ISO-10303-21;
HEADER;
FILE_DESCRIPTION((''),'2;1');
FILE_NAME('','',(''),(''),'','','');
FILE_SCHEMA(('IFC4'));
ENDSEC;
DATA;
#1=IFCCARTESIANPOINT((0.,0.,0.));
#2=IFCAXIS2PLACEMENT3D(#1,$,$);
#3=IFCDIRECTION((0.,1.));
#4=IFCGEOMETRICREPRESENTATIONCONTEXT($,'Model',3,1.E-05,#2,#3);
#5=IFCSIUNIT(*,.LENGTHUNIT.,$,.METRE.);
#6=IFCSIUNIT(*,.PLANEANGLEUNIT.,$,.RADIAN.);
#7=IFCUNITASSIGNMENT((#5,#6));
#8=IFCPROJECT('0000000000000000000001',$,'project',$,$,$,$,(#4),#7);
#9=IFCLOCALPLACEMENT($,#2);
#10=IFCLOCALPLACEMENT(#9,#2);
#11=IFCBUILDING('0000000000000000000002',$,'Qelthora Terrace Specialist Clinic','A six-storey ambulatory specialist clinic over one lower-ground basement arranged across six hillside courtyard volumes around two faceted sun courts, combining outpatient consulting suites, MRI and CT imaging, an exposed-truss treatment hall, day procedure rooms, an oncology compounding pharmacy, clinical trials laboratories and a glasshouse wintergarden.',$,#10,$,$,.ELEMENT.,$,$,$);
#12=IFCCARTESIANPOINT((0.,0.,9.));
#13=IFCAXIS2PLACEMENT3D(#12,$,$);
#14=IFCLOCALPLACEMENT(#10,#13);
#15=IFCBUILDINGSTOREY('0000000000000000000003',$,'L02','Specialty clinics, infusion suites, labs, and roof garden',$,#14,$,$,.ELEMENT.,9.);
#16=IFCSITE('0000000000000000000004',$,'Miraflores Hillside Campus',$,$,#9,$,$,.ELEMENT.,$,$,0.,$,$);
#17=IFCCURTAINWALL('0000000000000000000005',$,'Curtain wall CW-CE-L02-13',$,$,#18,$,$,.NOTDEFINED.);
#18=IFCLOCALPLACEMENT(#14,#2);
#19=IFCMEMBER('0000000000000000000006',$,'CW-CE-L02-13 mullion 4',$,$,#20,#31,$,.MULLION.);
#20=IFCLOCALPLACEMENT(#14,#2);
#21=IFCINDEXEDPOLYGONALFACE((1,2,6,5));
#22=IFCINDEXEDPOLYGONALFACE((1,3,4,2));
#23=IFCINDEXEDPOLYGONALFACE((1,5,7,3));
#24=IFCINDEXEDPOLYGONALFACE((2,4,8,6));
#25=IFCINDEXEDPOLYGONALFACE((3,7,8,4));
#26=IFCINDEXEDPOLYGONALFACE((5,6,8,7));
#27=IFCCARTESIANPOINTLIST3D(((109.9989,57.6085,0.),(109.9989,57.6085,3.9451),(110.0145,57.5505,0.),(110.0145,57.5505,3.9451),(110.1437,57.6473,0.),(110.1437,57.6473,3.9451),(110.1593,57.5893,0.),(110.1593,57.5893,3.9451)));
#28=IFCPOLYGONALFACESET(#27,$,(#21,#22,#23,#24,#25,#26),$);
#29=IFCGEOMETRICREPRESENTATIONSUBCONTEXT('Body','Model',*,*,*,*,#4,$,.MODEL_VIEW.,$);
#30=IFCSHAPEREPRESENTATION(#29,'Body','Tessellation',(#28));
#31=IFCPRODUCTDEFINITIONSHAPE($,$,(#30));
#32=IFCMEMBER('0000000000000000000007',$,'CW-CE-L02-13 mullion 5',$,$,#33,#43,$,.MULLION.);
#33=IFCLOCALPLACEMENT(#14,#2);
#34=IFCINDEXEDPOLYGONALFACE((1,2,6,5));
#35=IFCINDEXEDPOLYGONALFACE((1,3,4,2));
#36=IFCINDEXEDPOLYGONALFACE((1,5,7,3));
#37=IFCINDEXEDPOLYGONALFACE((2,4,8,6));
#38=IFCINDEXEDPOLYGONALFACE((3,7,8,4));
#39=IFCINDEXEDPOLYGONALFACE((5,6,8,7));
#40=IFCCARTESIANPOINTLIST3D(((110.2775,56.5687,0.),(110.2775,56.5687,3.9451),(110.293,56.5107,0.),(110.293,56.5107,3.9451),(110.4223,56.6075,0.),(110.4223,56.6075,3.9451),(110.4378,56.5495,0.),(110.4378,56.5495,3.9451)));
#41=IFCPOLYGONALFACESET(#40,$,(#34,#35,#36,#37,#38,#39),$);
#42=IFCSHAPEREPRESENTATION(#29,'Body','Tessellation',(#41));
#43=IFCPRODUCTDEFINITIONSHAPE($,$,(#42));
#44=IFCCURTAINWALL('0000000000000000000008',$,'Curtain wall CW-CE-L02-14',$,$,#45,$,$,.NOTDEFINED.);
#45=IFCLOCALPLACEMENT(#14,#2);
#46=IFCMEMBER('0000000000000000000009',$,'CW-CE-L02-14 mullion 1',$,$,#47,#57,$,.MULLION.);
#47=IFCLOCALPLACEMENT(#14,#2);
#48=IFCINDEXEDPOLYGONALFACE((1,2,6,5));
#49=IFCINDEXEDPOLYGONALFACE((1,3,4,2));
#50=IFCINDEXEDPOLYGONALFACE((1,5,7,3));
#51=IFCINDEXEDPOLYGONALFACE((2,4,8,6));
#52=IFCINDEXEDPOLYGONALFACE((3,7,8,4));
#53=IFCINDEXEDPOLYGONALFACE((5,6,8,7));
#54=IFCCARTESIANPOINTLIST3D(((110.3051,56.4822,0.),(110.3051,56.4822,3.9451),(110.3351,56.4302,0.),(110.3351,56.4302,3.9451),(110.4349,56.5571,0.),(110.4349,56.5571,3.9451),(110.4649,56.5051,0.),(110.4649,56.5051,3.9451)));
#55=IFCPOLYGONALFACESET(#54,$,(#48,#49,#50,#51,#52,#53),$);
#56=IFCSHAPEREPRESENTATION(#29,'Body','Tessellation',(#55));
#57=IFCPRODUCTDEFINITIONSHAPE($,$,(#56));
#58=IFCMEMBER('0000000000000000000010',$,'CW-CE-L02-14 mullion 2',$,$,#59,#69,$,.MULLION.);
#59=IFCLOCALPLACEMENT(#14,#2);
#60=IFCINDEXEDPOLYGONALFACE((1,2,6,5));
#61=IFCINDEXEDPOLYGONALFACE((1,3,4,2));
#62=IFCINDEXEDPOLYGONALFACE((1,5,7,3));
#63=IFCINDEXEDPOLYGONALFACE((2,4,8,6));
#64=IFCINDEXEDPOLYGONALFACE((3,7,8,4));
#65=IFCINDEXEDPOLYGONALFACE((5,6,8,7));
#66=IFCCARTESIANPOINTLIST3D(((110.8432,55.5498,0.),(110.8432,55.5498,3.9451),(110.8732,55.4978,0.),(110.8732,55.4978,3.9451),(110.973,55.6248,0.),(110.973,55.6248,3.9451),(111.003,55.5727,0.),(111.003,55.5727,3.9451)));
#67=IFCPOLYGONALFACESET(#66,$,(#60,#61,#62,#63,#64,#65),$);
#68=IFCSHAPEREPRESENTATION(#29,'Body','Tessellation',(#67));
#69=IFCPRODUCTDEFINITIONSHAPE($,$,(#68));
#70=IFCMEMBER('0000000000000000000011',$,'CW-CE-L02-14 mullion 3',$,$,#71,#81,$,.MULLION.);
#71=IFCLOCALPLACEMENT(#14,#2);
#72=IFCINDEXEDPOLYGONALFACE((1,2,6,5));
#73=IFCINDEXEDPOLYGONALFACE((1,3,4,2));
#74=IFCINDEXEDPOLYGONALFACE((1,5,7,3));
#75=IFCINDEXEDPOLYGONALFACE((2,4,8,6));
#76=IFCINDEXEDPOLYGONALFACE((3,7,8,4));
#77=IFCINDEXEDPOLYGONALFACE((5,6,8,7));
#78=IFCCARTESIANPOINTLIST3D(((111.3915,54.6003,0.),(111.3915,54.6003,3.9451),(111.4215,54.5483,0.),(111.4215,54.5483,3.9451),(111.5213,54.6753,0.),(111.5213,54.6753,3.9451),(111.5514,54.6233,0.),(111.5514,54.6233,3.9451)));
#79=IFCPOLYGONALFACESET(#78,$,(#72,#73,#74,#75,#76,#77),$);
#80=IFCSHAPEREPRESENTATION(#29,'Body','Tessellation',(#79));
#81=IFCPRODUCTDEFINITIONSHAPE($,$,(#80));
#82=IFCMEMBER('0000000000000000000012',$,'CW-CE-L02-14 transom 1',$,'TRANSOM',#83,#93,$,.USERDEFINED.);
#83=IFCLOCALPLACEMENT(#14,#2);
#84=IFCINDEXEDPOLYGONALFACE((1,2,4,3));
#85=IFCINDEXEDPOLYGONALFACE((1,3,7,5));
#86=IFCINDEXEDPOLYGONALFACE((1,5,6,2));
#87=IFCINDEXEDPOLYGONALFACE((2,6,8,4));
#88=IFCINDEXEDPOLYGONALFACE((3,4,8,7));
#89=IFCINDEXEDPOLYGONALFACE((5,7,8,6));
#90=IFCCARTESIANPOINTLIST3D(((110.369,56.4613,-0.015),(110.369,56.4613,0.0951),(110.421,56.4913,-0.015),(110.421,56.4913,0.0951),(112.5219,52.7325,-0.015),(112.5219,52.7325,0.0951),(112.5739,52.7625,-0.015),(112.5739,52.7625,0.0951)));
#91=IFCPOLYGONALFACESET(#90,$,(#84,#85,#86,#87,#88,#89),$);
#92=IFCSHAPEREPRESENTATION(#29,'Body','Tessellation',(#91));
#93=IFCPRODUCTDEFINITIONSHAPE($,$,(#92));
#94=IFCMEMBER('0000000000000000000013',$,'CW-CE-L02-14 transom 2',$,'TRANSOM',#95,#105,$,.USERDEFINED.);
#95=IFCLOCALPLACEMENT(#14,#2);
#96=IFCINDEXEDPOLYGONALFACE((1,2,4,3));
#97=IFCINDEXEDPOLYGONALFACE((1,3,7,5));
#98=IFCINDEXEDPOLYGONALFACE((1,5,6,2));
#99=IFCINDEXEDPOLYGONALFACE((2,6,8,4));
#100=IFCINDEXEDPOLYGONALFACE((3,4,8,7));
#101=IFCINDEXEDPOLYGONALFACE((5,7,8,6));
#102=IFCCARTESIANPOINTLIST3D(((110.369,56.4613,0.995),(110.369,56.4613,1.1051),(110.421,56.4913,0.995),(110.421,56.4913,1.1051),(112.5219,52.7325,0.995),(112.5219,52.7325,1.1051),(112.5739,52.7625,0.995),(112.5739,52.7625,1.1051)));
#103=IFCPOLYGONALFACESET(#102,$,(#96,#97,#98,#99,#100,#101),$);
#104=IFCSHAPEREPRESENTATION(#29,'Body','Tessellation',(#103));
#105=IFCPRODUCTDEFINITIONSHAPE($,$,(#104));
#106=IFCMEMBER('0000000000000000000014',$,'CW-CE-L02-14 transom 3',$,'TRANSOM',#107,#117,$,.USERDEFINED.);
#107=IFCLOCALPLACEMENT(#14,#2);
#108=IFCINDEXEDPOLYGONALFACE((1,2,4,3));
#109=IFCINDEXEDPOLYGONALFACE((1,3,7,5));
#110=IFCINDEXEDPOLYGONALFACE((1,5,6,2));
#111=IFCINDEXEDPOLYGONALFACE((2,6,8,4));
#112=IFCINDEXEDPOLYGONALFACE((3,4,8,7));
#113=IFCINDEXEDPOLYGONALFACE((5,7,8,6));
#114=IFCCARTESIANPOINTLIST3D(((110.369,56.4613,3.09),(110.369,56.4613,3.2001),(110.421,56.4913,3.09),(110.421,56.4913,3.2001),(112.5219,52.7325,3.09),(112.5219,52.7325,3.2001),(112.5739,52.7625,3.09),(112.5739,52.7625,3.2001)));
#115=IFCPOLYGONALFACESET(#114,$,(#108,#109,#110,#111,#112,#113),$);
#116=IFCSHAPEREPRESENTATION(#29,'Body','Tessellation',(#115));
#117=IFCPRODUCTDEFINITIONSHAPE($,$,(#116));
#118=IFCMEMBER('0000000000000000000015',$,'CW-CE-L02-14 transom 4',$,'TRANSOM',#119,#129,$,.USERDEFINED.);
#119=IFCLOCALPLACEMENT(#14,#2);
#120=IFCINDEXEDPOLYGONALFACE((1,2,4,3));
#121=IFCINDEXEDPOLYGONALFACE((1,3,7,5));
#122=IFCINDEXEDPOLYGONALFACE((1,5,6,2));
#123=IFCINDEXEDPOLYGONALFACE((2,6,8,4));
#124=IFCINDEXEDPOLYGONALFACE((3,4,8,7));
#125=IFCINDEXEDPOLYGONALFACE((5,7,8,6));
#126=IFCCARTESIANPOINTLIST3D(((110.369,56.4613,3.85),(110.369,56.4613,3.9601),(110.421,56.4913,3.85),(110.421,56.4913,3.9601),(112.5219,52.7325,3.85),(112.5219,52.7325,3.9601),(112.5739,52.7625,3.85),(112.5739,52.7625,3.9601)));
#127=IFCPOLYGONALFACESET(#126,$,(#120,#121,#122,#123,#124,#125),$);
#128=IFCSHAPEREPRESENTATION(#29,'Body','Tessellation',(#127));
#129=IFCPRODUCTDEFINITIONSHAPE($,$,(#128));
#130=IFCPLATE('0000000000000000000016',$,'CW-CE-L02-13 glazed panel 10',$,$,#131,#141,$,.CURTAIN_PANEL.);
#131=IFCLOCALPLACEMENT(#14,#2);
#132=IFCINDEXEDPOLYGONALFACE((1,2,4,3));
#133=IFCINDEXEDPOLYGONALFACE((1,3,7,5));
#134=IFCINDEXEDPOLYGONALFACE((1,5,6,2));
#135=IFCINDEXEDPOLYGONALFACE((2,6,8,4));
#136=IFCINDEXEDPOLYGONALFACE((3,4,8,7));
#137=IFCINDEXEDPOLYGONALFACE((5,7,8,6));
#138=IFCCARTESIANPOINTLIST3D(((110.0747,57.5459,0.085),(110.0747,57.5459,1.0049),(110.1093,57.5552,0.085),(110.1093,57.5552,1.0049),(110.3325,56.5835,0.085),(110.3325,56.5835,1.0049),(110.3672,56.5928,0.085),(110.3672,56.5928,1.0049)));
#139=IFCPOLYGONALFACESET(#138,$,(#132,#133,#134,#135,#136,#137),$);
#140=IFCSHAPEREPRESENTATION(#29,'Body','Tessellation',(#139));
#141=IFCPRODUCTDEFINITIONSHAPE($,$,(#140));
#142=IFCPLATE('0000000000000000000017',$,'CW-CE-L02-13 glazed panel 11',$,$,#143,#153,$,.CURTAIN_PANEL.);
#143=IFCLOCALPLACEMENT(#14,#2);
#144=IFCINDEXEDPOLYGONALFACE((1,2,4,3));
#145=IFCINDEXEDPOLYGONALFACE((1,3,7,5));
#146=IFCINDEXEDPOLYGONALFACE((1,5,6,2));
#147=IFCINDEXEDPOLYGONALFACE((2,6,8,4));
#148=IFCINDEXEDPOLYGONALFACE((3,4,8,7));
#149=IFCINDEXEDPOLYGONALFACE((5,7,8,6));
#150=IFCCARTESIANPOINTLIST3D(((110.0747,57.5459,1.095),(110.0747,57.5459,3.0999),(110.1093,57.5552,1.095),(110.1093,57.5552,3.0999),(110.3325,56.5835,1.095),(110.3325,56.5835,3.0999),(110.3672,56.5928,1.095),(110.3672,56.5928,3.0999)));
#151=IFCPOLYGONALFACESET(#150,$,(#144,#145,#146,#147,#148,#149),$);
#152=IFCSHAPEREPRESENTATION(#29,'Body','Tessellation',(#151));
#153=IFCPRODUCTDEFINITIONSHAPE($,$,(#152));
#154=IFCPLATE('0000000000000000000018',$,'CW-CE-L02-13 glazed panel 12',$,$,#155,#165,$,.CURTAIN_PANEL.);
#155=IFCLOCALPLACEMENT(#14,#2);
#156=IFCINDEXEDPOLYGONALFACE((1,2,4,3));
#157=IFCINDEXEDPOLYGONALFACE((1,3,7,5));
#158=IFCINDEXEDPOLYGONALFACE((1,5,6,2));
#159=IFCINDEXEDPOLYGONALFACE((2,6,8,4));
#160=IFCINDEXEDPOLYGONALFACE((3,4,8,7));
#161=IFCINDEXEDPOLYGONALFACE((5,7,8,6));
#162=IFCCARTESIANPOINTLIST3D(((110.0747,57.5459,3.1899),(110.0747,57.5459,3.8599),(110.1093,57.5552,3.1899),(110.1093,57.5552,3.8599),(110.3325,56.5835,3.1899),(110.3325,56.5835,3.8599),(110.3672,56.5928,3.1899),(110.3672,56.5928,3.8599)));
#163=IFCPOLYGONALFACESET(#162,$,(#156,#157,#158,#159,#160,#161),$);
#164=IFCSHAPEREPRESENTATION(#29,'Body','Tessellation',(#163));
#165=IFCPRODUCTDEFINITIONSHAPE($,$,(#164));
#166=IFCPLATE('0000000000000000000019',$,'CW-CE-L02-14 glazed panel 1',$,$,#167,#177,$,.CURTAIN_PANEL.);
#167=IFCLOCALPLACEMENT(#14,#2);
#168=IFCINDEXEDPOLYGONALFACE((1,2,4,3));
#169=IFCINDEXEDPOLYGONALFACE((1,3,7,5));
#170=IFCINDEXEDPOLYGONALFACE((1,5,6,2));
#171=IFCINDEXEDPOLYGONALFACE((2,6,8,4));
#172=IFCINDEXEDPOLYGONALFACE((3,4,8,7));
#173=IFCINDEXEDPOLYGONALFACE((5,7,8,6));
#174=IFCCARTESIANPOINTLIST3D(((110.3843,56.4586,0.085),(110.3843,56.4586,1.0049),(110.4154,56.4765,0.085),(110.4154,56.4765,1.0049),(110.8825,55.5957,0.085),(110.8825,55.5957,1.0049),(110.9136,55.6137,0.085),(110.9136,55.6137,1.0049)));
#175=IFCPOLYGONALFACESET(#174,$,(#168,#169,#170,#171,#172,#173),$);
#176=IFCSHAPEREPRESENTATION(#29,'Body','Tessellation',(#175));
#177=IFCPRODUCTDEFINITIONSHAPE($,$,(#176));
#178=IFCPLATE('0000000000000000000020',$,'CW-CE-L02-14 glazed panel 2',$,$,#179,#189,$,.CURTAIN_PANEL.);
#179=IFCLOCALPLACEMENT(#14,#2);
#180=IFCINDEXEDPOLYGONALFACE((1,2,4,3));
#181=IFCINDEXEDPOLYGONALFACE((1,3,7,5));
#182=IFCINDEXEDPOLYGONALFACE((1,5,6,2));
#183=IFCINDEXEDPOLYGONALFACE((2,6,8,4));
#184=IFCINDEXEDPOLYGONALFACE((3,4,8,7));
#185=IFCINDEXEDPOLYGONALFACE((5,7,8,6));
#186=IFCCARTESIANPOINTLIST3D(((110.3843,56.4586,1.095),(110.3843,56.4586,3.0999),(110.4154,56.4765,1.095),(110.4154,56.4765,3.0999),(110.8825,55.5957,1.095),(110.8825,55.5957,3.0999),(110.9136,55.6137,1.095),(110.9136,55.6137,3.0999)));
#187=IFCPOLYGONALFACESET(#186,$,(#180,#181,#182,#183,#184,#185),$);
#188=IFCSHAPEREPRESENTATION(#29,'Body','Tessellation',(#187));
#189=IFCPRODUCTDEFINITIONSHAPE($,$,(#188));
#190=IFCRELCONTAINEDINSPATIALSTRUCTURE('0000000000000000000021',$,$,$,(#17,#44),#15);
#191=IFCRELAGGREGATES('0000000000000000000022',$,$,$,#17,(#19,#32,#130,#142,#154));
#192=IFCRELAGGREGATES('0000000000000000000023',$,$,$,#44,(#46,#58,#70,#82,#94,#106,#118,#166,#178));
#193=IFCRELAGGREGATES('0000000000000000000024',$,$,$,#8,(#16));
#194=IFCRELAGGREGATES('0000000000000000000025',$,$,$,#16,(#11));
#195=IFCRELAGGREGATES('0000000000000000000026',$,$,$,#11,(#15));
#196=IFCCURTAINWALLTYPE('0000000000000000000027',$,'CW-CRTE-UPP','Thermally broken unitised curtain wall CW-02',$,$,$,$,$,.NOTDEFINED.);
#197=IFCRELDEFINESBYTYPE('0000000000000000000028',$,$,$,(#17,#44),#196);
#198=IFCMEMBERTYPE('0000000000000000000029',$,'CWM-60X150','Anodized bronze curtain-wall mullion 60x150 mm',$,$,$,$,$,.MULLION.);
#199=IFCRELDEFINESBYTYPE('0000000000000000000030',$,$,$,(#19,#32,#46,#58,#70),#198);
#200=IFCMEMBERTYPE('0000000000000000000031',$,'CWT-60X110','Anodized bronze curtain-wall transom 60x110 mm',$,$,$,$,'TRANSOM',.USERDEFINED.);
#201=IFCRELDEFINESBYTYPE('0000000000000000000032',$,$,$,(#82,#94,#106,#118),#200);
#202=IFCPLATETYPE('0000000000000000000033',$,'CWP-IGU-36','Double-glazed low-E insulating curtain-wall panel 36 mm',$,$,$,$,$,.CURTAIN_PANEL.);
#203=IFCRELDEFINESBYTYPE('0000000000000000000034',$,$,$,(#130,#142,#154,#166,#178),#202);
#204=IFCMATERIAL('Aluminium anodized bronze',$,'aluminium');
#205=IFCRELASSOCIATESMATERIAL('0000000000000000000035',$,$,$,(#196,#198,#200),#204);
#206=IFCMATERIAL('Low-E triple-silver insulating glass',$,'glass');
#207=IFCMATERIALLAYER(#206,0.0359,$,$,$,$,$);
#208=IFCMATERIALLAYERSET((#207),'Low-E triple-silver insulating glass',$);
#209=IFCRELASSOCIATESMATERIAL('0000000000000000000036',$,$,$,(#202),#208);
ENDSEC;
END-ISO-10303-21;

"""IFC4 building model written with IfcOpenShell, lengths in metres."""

from ifc_helpers import new_model, si_unit, direction, frame, origin, origin_2d, place, context, subcontext, project, spatial, rectangle, extrude, material, layer, layer_set, material_profile, profile_set, type_object, element, aggregate, save


model = new_model("IFC4")

# Units and contexts
model_context = context("Model", 3, precision=1e-05, world=origin(), true_north=direction((0.0, 1.0)))
body_context = subcontext(model_context, "Body", "Model", "MODEL_VIEW")
ifc_project = project(units=[si_unit("LENGTHUNIT", "METRE"), si_unit("PLANEANGLEUNIT", "RADIAN")], contexts=[model_context])

# Site, building, storey
site_placement = place(None, origin())
site = spatial("IfcSite", under=ifc_project, at=site_placement, Name="Miraflores Hillside Campus", CompositionType="ELEMENT", RefElevation=0.0)
building_placement = place(site_placement, origin())
building = spatial("IfcBuilding", under=site, at=building_placement, Name="Qelthora Terrace Specialist Clinic", Description="A six-storey ambulatory specialist clinic over one lower-ground basement arranged across six hillside courtyard volumes around two faceted sun courts, combining outpatient consulting suites, MRI and CT imaging, an exposed-truss treatment hall, day procedure rooms, an oncology compounding pharmacy, clinical trials laboratories and a glasshouse wintergarden.", CompositionType="ELEMENT")
storey_placement = place(building_placement, frame((0.0, 0.0, 9.0)))
storey = spatial("IfcBuildingStorey", under=building, at=storey_placement, Name="L02", Description="Specialty clinics, infusion suites, labs, and roof garden", CompositionType="ELEMENT", Elevation=9.0)

# Curtain walls, members
ifc_material_1 = material(Name="Aluminium anodized bronze", Category="aluminium")
curtain_wall_type = type_object("IfcCurtainWallType", Name="CW-CRTE-UPP", Description="Thermally broken unitised curtain wall CW-02", PredefinedType="NOTDEFINED", material=ifc_material_1)
curtain_wall_1_placement = place(storey_placement, origin())
curtain_wall_1 = element("IfcCurtainWall", 1, at=curtain_wall_1_placement, inside=storey, type_object=curtain_wall_type, Name="Curtain wall CW-CE-L02-13", PredefinedType="NOTDEFINED")
ifc_material_profile_1 = material_profile(ifc_material_1, rectangle(XDim=0.0601, YDim=0.1499, at=origin_2d()), Name="CWM60X150")
ifc_profile_set_1 = profile_set([ifc_material_profile_1], Name="Aluminium anodized bronze")
member_type_1 = type_object("IfcMemberType", Name="CWM-60X150", Description="Anodized bronze curtain-wall mullion 60x150 mm", PredefinedType="MULLION", material=ifc_profile_set_1)
member_1_placement = place(storey_placement, frame((110.0791, 57.5989, 0.0), z_axis=(0.0, 0.0, 1.0), x_axis=(0.25882, -0.965926, 0.0)))
member_1 = element("IfcMember", 2, at=member_1_placement, type_object=member_type_1, Name="CW-CE-L02-13 mullion 4", PredefinedType="MULLION", context=body_context, shape_type="SweptSolid", body=[
    extrude(rectangle(XDim=0.0601, YDim=0.1499, at=origin_2d()), origin(), (0.0, 0.0, 1.0), 3.9451),
])
member_2_placement = place(storey_placement, frame((110.3577, 56.5591, 0.0), z_axis=(0.0, 0.0, 1.0), x_axis=(0.25882, -0.965926, 0.0)))
member_2 = element("IfcMember", 3, at=member_2_placement, type_object=member_type_1, Name="CW-CE-L02-13 mullion 5", PredefinedType="MULLION", context=body_context, shape_type="SweptSolid", body=[
    extrude(rectangle(XDim=0.0601, YDim=0.1499, at=origin_2d()), origin(), (0.0, 0.0, 1.0), 3.9451),
])
curtain_wall_2_placement = place(storey_placement, origin())
curtain_wall_2 = element("IfcCurtainWall", 4, at=curtain_wall_2_placement, inside=storey, type_object=curtain_wall_type, Name="Curtain wall CW-CE-L02-14", PredefinedType="NOTDEFINED")
member_3_placement = place(storey_placement, frame((110.385, 56.4937, 0.0), z_axis=(0.0, 0.0, 1.0), x_axis=(0.5, -0.866025, 0.0)))
member_3 = element("IfcMember", 5, at=member_3_placement, type_object=member_type_1, Name="CW-CE-L02-14 mullion 1", PredefinedType="MULLION", context=body_context, shape_type="SweptSolid", body=[
    extrude(rectangle(XDim=0.0601, YDim=0.1499, at=origin_2d()), origin(), (0.0, 0.0, 1.0), 3.9451),
])
member_4_placement = place(storey_placement, frame((110.9231, 55.5613, 0.0), z_axis=(0.0, 0.0, 1.0), x_axis=(0.5, -0.866025, 0.0)))
member_4 = element("IfcMember", 6, at=member_4_placement, type_object=member_type_1, Name="CW-CE-L02-14 mullion 2", PredefinedType="MULLION", context=body_context, shape_type="SweptSolid", body=[
    extrude(rectangle(XDim=0.0601, YDim=0.1499, at=origin_2d()), origin(), (0.0, 0.0, 1.0), 3.9451),
])
member_5_placement = place(storey_placement, frame((111.4714, 54.6118, 0.0), z_axis=(0.0, 0.0, 1.0), x_axis=(0.5, -0.866025, 0.0)))
member_5 = element("IfcMember", 7, at=member_5_placement, type_object=member_type_1, Name="CW-CE-L02-14 mullion 3", PredefinedType="MULLION", context=body_context, shape_type="SweptSolid", body=[
    extrude(rectangle(XDim=0.0601, YDim=0.1499, at=origin_2d()), origin(), (0.0, 0.0, 1.0), 3.9451),
])
ifc_material_profile_2 = material_profile(ifc_material_1, rectangle(XDim=0.0601, YDim=0.1101, at=origin_2d()), Name="CWT60X110")
ifc_profile_set_2 = profile_set([ifc_material_profile_2], Name="Aluminium anodized bronze")
member_type_2 = type_object("IfcMemberType", Name="CWT-60X110", Description="Anodized bronze curtain-wall transom 60x110 mm", ElementType="TRANSOM", PredefinedType="USERDEFINED", material=ifc_profile_set_2)
member_6_placement = place(storey_placement, frame((110.395, 56.4763, 0.04), z_axis=(0.500006, -0.866022, 0.0), x_axis=(0.866022, 0.500006, 0.0)))
member_6 = element("IfcMember", 8, at=member_6_placement, type_object=member_type_2, Name="CW-CE-L02-14 transom 1", ObjectType="TRANSOM", PredefinedType="USERDEFINED", context=body_context, shape_type="SweptSolid", body=[
    extrude(rectangle(XDim=0.0601, YDim=0.1101, at=origin_2d()), origin(), (0.0, 0.0, 1.0), 4.3057),
])
member_7_placement = place(storey_placement, frame((110.395, 56.4763, 1.05), z_axis=(0.500006, -0.866022, 0.0), x_axis=(0.866022, 0.500006, 0.0)))
member_7 = element("IfcMember", 9, at=member_7_placement, type_object=member_type_2, Name="CW-CE-L02-14 transom 2", ObjectType="TRANSOM", PredefinedType="USERDEFINED", context=body_context, shape_type="SweptSolid", body=[
    extrude(rectangle(XDim=0.0601, YDim=0.1101, at=origin_2d()), origin(), (0.0, 0.0, 1.0), 4.3057),
])
member_8_placement = place(storey_placement, frame((110.395, 56.4763, 3.145), z_axis=(0.500006, -0.866022, 0.0), x_axis=(0.866022, 0.500006, 0.0)))
member_8 = element("IfcMember", 10, at=member_8_placement, type_object=member_type_2, Name="CW-CE-L02-14 transom 3", ObjectType="TRANSOM", PredefinedType="USERDEFINED", context=body_context, shape_type="SweptSolid", body=[
    extrude(rectangle(XDim=0.0601, YDim=0.1101, at=origin_2d()), origin(), (0.0, 0.0, 1.0), 4.3057),
])
member_9_placement = place(storey_placement, frame((110.395, 56.4763, 3.905), z_axis=(0.500006, -0.866022, 0.0), x_axis=(0.866022, 0.500006, 0.0)))
member_9 = element("IfcMember", 11, at=member_9_placement, type_object=member_type_2, Name="CW-CE-L02-14 transom 4", ObjectType="TRANSOM", PredefinedType="USERDEFINED", context=body_context, shape_type="SweptSolid", body=[
    extrude(rectangle(XDim=0.0601, YDim=0.1101, at=origin_2d()), origin(), (0.0, 0.0, 1.0), 4.3057),
])

# Plates
ifc_material_2 = material(Name="Low-E triple-silver insulating glass", Category="glass")
ifc_layer = layer(ifc_material_2, 0.0359)
ifc_layer_set = layer_set([ifc_layer], Name="Low-E triple-silver insulating glass")
plate_type = type_object("IfcPlateType", Name="CWP-IGU-36", Description="Double-glazed low-E insulating curtain-wall panel 36 mm", PredefinedType="CURTAIN_PANEL", material=ifc_layer_set)
plate_1_placement = place(storey_placement, frame((110.2209, 57.0693, 0.085), z_axis=(0.0, 0.0, 1.0), x_axis=(0.258819, -0.965926, 0.0)))
plate_1 = element("IfcPlate", 12, at=plate_1_placement, type_object=plate_type, Name="CW-CE-L02-13 glazed panel 10", PredefinedType="CURTAIN_PANEL", context=body_context, shape_type="SweptSolid", body=[
    extrude(rectangle(XDim=0.9963, YDim=0.0359, at=origin_2d()), origin(), (0.0, 0.0, 1.0), 0.9199),
])
plate_2_placement = place(storey_placement, frame((110.2209, 57.0693, 1.095), z_axis=(0.0, 0.0, 1.0), x_axis=(0.258819, -0.965926, 0.0)))
plate_2 = element("IfcPlate", 13, at=plate_2_placement, type_object=plate_type, Name="CW-CE-L02-13 glazed panel 11", PredefinedType="CURTAIN_PANEL", context=body_context, shape_type="SweptSolid", body=[
    extrude(rectangle(XDim=0.9963, YDim=0.0359, at=origin_2d()), origin(), (0.0, 0.0, 1.0), 2.0049),
])
plate_3_placement = place(storey_placement, frame((110.2209, 57.0693, 3.1899), z_axis=(0.0, 0.0, 1.0), x_axis=(0.258819, -0.965926, 0.0)))
plate_3 = element("IfcPlate", 14, at=plate_3_placement, type_object=plate_type, Name="CW-CE-L02-13 glazed panel 12", PredefinedType="CURTAIN_PANEL", context=body_context, shape_type="SweptSolid", body=[
    extrude(rectangle(XDim=0.9963, YDim=0.0359, at=origin_2d()), origin(), (0.0, 0.0, 1.0), 0.6699),
])
aggregate(curtain_wall_1, [member_1, member_2, plate_1, plate_2, plate_3])
plate_4_placement = place(storey_placement, frame((110.6489, 56.0361, 0.085), z_axis=(0.0, 0.0, 1.0), x_axis=(0.5, -0.866025, 0.0)))
plate_4 = element("IfcPlate", 15, at=plate_4_placement, type_object=plate_type, Name="CW-CE-L02-14 glazed panel 1", PredefinedType="CURTAIN_PANEL", context=body_context, shape_type="SweptSolid", body=[
    extrude(rectangle(XDim=0.9963, YDim=0.0359, at=origin_2d()), origin(), (0.0, 0.0, 1.0), 0.9199),
])
plate_5_placement = place(storey_placement, frame((110.6489, 56.0361, 1.095), z_axis=(0.0, 0.0, 1.0), x_axis=(0.5, -0.866025, 0.0)))
plate_5 = element("IfcPlate", 16, at=plate_5_placement, type_object=plate_type, Name="CW-CE-L02-14 glazed panel 2", PredefinedType="CURTAIN_PANEL", context=body_context, shape_type="SweptSolid", body=[
    extrude(rectangle(XDim=0.9963, YDim=0.0359, at=origin_2d()), origin(), (0.0, 0.0, 1.0), 2.0049),
])
aggregate(curtain_wall_2, [member_3, member_4, member_5, member_6, member_7, member_8, member_9, plate_4, plate_5])

save(model, "model.ifc")
